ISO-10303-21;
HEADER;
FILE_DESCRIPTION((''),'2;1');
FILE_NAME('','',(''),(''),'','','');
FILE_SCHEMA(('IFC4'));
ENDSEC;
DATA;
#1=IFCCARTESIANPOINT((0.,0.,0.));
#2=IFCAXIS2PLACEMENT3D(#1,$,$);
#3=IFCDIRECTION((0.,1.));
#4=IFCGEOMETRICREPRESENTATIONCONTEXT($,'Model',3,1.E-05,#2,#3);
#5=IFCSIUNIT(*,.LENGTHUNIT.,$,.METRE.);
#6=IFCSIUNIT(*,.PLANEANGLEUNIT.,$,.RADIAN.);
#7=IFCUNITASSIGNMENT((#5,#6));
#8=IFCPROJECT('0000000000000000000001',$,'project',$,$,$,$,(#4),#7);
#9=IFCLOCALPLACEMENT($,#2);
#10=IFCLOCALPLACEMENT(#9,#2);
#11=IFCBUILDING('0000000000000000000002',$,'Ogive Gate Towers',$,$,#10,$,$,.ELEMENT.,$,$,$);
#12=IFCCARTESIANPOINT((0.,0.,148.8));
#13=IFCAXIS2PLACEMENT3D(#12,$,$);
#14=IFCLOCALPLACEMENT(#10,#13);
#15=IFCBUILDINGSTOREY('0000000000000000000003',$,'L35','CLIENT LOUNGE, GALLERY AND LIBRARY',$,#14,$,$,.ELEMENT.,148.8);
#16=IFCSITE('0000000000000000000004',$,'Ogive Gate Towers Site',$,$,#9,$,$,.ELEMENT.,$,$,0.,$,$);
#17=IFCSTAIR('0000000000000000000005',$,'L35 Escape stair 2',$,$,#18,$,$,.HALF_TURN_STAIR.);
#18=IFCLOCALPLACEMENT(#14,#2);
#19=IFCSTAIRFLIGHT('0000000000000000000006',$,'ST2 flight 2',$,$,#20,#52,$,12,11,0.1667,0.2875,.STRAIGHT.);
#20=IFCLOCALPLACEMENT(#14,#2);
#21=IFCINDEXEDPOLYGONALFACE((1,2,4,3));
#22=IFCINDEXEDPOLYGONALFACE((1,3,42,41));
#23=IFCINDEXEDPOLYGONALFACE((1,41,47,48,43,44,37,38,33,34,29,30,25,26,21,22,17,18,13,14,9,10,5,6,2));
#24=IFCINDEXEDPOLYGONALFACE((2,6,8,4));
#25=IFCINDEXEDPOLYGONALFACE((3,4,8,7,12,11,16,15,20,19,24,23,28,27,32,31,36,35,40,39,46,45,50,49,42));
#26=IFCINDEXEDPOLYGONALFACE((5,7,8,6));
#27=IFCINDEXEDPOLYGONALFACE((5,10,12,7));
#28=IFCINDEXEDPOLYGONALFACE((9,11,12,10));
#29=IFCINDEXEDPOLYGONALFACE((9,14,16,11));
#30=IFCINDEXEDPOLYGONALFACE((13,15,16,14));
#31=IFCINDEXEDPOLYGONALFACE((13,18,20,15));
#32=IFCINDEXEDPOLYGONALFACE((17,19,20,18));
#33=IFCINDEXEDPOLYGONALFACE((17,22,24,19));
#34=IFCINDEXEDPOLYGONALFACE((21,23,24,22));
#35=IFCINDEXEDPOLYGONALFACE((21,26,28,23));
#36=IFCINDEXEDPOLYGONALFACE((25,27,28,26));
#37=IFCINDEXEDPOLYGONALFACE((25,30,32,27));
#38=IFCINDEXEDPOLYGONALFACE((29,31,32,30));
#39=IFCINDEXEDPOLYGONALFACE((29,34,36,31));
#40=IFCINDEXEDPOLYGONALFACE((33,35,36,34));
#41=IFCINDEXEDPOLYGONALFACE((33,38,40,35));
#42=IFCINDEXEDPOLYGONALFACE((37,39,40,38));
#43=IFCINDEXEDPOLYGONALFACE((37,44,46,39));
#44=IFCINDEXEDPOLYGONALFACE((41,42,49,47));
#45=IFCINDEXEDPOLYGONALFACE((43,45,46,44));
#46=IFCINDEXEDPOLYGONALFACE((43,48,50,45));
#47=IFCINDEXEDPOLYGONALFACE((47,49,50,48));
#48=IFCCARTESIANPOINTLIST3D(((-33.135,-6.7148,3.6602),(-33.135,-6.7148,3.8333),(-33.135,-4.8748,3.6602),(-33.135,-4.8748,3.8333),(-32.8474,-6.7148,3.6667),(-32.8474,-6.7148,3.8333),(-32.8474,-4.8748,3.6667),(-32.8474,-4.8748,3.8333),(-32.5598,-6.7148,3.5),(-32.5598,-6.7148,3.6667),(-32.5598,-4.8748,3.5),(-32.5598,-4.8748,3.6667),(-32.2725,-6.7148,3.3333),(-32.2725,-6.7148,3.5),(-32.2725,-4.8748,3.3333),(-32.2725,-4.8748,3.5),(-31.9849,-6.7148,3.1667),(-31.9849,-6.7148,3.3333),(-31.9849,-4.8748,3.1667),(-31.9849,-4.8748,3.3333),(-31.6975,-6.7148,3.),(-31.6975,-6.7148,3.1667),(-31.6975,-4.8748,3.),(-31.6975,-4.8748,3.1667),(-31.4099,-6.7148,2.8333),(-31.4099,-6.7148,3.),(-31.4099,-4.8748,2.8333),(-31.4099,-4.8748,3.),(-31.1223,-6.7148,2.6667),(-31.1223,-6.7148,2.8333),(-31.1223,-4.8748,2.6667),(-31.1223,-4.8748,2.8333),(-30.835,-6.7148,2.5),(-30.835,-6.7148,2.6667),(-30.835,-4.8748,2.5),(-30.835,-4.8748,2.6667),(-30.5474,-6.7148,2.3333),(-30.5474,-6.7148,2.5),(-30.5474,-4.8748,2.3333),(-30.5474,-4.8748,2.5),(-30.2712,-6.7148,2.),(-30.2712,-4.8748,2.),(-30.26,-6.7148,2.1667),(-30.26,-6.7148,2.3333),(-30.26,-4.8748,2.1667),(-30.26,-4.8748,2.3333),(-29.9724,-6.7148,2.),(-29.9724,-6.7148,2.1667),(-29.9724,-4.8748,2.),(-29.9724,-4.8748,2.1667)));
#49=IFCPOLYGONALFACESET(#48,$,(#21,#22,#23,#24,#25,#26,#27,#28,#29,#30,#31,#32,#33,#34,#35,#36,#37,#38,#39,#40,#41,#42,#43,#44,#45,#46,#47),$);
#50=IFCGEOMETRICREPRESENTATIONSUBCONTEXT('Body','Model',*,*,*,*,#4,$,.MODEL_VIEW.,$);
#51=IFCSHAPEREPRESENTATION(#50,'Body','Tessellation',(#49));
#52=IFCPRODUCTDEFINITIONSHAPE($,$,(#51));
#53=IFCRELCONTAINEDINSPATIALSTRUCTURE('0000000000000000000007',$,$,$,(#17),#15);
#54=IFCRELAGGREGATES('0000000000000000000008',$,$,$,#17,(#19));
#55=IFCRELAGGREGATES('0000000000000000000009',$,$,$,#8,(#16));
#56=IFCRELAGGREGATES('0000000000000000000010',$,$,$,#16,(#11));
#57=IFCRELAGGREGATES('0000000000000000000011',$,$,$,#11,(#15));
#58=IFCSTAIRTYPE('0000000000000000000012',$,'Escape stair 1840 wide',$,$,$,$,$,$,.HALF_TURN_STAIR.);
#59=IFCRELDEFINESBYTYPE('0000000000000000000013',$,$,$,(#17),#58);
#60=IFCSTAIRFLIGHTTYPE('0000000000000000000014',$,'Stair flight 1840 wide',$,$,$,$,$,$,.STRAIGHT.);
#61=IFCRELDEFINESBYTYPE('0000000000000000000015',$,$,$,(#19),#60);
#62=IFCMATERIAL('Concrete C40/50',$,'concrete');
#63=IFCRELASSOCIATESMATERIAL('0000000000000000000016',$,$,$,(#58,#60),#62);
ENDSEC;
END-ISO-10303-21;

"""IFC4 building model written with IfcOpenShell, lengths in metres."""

from ifc_helpers import new_model, si_unit, direction, frame, origin, place, context, subcontext, project, spatial, polyline, outline, extrude, material, type_object, element, aggregate, save


model = new_model("IFC4")

# Units and contexts
model_context = context("Model", 3, precision=1e-05, world=origin(), true_north=direction((0.0, 1.0)))
body_context = subcontext(model_context, "Body", "Model", "MODEL_VIEW")
ifc_project = project(units=[si_unit("LENGTHUNIT", "METRE"), si_unit("PLANEANGLEUNIT", "RADIAN")], contexts=[model_context])

# Site, building, storey
site_placement = place(None, origin())
site = spatial("IfcSite", under=ifc_project, at=site_placement, Name="Ogive Gate Towers Site", CompositionType="ELEMENT", RefElevation=0.0)
building_placement = place(site_placement, origin())
building = spatial("IfcBuilding", under=site, at=building_placement, Name="Ogive Gate Towers", CompositionType="ELEMENT")
storey_placement = place(building_placement, frame((0.0, 0.0, 148.8)))
storey = spatial("IfcBuildingStorey", under=building, at=storey_placement, Name="L35", Description="CLIENT LOUNGE, GALLERY AND LIBRARY", CompositionType="ELEMENT", Elevation=148.8)

# Stair, stair flight
ifc_material_1 = material(Name="Concrete C40/50", Category="concrete")
stair_type = type_object("IfcStairType", Name="Escape stair 1840 wide", PredefinedType="HALF_TURN_STAIR", material=ifc_material_1)
stair_placement = place(storey_placement, origin())
stair = element("IfcStair", 1, at=stair_placement, inside=storey, type_object=stair_type, Name="L35 Escape stair 2", PredefinedType="HALF_TURN_STAIR")
stair_flight_type = type_object("IfcStairFlightType", Name="Stair flight 1840 wide", PredefinedType="STRAIGHT", material=ifc_material_1)
stair_flight_placement = place(storey_placement, frame((-29.9724, -5.7949, 2.0), z_axis=(0.0, 0.0, 1.0), x_axis=(-1.0, 0.0, 0.0)))
stair_flight = element("IfcStairFlight", 2, at=stair_flight_placement, type_object=stair_flight_type, Name="ST2 flight 2", NumberOfRisers=12, NumberOfTreads=11, PredefinedType="STRAIGHT", RiserHeight=0.1667, TreadLength=0.2875, context=body_context, shape_type="SweptSolid", body=[
    extrude(outline(polyline([(0.0, 0.0), (0.0, 0.1667), (0.2876, 0.1667), (0.2876, 0.3333), (0.575, 0.3333), (0.575, 0.5), (0.8625, 0.5), (0.8625, 0.6667), (1.1499, 0.6667), (1.1499, 0.8333), (1.4375, 0.8333), (1.4375, 1.0), (1.7251, 1.0), (1.7251, 1.1667), (2.0125, 1.1667), (2.0125, 1.3333), (2.3, 1.3333), (2.3, 1.5), (2.5874, 1.5), (2.5874, 1.6667), (2.875, 1.6667), (2.875, 1.8333), (3.1626, 1.8333), (3.1626, 2.0), (3.1626, 1.6602), (0.2988, 0.0), (0.0, 0.0)])), frame((0.0, 0.9199, 0.0), z_axis=(0.0, -1.0, 0.0), x_axis=(1.0, 0.0, 0.0)), (0.0, 0.0, 1.0), 1.8401),
])
aggregate(stair, [stair_flight])

save(model, "model.ifc")
